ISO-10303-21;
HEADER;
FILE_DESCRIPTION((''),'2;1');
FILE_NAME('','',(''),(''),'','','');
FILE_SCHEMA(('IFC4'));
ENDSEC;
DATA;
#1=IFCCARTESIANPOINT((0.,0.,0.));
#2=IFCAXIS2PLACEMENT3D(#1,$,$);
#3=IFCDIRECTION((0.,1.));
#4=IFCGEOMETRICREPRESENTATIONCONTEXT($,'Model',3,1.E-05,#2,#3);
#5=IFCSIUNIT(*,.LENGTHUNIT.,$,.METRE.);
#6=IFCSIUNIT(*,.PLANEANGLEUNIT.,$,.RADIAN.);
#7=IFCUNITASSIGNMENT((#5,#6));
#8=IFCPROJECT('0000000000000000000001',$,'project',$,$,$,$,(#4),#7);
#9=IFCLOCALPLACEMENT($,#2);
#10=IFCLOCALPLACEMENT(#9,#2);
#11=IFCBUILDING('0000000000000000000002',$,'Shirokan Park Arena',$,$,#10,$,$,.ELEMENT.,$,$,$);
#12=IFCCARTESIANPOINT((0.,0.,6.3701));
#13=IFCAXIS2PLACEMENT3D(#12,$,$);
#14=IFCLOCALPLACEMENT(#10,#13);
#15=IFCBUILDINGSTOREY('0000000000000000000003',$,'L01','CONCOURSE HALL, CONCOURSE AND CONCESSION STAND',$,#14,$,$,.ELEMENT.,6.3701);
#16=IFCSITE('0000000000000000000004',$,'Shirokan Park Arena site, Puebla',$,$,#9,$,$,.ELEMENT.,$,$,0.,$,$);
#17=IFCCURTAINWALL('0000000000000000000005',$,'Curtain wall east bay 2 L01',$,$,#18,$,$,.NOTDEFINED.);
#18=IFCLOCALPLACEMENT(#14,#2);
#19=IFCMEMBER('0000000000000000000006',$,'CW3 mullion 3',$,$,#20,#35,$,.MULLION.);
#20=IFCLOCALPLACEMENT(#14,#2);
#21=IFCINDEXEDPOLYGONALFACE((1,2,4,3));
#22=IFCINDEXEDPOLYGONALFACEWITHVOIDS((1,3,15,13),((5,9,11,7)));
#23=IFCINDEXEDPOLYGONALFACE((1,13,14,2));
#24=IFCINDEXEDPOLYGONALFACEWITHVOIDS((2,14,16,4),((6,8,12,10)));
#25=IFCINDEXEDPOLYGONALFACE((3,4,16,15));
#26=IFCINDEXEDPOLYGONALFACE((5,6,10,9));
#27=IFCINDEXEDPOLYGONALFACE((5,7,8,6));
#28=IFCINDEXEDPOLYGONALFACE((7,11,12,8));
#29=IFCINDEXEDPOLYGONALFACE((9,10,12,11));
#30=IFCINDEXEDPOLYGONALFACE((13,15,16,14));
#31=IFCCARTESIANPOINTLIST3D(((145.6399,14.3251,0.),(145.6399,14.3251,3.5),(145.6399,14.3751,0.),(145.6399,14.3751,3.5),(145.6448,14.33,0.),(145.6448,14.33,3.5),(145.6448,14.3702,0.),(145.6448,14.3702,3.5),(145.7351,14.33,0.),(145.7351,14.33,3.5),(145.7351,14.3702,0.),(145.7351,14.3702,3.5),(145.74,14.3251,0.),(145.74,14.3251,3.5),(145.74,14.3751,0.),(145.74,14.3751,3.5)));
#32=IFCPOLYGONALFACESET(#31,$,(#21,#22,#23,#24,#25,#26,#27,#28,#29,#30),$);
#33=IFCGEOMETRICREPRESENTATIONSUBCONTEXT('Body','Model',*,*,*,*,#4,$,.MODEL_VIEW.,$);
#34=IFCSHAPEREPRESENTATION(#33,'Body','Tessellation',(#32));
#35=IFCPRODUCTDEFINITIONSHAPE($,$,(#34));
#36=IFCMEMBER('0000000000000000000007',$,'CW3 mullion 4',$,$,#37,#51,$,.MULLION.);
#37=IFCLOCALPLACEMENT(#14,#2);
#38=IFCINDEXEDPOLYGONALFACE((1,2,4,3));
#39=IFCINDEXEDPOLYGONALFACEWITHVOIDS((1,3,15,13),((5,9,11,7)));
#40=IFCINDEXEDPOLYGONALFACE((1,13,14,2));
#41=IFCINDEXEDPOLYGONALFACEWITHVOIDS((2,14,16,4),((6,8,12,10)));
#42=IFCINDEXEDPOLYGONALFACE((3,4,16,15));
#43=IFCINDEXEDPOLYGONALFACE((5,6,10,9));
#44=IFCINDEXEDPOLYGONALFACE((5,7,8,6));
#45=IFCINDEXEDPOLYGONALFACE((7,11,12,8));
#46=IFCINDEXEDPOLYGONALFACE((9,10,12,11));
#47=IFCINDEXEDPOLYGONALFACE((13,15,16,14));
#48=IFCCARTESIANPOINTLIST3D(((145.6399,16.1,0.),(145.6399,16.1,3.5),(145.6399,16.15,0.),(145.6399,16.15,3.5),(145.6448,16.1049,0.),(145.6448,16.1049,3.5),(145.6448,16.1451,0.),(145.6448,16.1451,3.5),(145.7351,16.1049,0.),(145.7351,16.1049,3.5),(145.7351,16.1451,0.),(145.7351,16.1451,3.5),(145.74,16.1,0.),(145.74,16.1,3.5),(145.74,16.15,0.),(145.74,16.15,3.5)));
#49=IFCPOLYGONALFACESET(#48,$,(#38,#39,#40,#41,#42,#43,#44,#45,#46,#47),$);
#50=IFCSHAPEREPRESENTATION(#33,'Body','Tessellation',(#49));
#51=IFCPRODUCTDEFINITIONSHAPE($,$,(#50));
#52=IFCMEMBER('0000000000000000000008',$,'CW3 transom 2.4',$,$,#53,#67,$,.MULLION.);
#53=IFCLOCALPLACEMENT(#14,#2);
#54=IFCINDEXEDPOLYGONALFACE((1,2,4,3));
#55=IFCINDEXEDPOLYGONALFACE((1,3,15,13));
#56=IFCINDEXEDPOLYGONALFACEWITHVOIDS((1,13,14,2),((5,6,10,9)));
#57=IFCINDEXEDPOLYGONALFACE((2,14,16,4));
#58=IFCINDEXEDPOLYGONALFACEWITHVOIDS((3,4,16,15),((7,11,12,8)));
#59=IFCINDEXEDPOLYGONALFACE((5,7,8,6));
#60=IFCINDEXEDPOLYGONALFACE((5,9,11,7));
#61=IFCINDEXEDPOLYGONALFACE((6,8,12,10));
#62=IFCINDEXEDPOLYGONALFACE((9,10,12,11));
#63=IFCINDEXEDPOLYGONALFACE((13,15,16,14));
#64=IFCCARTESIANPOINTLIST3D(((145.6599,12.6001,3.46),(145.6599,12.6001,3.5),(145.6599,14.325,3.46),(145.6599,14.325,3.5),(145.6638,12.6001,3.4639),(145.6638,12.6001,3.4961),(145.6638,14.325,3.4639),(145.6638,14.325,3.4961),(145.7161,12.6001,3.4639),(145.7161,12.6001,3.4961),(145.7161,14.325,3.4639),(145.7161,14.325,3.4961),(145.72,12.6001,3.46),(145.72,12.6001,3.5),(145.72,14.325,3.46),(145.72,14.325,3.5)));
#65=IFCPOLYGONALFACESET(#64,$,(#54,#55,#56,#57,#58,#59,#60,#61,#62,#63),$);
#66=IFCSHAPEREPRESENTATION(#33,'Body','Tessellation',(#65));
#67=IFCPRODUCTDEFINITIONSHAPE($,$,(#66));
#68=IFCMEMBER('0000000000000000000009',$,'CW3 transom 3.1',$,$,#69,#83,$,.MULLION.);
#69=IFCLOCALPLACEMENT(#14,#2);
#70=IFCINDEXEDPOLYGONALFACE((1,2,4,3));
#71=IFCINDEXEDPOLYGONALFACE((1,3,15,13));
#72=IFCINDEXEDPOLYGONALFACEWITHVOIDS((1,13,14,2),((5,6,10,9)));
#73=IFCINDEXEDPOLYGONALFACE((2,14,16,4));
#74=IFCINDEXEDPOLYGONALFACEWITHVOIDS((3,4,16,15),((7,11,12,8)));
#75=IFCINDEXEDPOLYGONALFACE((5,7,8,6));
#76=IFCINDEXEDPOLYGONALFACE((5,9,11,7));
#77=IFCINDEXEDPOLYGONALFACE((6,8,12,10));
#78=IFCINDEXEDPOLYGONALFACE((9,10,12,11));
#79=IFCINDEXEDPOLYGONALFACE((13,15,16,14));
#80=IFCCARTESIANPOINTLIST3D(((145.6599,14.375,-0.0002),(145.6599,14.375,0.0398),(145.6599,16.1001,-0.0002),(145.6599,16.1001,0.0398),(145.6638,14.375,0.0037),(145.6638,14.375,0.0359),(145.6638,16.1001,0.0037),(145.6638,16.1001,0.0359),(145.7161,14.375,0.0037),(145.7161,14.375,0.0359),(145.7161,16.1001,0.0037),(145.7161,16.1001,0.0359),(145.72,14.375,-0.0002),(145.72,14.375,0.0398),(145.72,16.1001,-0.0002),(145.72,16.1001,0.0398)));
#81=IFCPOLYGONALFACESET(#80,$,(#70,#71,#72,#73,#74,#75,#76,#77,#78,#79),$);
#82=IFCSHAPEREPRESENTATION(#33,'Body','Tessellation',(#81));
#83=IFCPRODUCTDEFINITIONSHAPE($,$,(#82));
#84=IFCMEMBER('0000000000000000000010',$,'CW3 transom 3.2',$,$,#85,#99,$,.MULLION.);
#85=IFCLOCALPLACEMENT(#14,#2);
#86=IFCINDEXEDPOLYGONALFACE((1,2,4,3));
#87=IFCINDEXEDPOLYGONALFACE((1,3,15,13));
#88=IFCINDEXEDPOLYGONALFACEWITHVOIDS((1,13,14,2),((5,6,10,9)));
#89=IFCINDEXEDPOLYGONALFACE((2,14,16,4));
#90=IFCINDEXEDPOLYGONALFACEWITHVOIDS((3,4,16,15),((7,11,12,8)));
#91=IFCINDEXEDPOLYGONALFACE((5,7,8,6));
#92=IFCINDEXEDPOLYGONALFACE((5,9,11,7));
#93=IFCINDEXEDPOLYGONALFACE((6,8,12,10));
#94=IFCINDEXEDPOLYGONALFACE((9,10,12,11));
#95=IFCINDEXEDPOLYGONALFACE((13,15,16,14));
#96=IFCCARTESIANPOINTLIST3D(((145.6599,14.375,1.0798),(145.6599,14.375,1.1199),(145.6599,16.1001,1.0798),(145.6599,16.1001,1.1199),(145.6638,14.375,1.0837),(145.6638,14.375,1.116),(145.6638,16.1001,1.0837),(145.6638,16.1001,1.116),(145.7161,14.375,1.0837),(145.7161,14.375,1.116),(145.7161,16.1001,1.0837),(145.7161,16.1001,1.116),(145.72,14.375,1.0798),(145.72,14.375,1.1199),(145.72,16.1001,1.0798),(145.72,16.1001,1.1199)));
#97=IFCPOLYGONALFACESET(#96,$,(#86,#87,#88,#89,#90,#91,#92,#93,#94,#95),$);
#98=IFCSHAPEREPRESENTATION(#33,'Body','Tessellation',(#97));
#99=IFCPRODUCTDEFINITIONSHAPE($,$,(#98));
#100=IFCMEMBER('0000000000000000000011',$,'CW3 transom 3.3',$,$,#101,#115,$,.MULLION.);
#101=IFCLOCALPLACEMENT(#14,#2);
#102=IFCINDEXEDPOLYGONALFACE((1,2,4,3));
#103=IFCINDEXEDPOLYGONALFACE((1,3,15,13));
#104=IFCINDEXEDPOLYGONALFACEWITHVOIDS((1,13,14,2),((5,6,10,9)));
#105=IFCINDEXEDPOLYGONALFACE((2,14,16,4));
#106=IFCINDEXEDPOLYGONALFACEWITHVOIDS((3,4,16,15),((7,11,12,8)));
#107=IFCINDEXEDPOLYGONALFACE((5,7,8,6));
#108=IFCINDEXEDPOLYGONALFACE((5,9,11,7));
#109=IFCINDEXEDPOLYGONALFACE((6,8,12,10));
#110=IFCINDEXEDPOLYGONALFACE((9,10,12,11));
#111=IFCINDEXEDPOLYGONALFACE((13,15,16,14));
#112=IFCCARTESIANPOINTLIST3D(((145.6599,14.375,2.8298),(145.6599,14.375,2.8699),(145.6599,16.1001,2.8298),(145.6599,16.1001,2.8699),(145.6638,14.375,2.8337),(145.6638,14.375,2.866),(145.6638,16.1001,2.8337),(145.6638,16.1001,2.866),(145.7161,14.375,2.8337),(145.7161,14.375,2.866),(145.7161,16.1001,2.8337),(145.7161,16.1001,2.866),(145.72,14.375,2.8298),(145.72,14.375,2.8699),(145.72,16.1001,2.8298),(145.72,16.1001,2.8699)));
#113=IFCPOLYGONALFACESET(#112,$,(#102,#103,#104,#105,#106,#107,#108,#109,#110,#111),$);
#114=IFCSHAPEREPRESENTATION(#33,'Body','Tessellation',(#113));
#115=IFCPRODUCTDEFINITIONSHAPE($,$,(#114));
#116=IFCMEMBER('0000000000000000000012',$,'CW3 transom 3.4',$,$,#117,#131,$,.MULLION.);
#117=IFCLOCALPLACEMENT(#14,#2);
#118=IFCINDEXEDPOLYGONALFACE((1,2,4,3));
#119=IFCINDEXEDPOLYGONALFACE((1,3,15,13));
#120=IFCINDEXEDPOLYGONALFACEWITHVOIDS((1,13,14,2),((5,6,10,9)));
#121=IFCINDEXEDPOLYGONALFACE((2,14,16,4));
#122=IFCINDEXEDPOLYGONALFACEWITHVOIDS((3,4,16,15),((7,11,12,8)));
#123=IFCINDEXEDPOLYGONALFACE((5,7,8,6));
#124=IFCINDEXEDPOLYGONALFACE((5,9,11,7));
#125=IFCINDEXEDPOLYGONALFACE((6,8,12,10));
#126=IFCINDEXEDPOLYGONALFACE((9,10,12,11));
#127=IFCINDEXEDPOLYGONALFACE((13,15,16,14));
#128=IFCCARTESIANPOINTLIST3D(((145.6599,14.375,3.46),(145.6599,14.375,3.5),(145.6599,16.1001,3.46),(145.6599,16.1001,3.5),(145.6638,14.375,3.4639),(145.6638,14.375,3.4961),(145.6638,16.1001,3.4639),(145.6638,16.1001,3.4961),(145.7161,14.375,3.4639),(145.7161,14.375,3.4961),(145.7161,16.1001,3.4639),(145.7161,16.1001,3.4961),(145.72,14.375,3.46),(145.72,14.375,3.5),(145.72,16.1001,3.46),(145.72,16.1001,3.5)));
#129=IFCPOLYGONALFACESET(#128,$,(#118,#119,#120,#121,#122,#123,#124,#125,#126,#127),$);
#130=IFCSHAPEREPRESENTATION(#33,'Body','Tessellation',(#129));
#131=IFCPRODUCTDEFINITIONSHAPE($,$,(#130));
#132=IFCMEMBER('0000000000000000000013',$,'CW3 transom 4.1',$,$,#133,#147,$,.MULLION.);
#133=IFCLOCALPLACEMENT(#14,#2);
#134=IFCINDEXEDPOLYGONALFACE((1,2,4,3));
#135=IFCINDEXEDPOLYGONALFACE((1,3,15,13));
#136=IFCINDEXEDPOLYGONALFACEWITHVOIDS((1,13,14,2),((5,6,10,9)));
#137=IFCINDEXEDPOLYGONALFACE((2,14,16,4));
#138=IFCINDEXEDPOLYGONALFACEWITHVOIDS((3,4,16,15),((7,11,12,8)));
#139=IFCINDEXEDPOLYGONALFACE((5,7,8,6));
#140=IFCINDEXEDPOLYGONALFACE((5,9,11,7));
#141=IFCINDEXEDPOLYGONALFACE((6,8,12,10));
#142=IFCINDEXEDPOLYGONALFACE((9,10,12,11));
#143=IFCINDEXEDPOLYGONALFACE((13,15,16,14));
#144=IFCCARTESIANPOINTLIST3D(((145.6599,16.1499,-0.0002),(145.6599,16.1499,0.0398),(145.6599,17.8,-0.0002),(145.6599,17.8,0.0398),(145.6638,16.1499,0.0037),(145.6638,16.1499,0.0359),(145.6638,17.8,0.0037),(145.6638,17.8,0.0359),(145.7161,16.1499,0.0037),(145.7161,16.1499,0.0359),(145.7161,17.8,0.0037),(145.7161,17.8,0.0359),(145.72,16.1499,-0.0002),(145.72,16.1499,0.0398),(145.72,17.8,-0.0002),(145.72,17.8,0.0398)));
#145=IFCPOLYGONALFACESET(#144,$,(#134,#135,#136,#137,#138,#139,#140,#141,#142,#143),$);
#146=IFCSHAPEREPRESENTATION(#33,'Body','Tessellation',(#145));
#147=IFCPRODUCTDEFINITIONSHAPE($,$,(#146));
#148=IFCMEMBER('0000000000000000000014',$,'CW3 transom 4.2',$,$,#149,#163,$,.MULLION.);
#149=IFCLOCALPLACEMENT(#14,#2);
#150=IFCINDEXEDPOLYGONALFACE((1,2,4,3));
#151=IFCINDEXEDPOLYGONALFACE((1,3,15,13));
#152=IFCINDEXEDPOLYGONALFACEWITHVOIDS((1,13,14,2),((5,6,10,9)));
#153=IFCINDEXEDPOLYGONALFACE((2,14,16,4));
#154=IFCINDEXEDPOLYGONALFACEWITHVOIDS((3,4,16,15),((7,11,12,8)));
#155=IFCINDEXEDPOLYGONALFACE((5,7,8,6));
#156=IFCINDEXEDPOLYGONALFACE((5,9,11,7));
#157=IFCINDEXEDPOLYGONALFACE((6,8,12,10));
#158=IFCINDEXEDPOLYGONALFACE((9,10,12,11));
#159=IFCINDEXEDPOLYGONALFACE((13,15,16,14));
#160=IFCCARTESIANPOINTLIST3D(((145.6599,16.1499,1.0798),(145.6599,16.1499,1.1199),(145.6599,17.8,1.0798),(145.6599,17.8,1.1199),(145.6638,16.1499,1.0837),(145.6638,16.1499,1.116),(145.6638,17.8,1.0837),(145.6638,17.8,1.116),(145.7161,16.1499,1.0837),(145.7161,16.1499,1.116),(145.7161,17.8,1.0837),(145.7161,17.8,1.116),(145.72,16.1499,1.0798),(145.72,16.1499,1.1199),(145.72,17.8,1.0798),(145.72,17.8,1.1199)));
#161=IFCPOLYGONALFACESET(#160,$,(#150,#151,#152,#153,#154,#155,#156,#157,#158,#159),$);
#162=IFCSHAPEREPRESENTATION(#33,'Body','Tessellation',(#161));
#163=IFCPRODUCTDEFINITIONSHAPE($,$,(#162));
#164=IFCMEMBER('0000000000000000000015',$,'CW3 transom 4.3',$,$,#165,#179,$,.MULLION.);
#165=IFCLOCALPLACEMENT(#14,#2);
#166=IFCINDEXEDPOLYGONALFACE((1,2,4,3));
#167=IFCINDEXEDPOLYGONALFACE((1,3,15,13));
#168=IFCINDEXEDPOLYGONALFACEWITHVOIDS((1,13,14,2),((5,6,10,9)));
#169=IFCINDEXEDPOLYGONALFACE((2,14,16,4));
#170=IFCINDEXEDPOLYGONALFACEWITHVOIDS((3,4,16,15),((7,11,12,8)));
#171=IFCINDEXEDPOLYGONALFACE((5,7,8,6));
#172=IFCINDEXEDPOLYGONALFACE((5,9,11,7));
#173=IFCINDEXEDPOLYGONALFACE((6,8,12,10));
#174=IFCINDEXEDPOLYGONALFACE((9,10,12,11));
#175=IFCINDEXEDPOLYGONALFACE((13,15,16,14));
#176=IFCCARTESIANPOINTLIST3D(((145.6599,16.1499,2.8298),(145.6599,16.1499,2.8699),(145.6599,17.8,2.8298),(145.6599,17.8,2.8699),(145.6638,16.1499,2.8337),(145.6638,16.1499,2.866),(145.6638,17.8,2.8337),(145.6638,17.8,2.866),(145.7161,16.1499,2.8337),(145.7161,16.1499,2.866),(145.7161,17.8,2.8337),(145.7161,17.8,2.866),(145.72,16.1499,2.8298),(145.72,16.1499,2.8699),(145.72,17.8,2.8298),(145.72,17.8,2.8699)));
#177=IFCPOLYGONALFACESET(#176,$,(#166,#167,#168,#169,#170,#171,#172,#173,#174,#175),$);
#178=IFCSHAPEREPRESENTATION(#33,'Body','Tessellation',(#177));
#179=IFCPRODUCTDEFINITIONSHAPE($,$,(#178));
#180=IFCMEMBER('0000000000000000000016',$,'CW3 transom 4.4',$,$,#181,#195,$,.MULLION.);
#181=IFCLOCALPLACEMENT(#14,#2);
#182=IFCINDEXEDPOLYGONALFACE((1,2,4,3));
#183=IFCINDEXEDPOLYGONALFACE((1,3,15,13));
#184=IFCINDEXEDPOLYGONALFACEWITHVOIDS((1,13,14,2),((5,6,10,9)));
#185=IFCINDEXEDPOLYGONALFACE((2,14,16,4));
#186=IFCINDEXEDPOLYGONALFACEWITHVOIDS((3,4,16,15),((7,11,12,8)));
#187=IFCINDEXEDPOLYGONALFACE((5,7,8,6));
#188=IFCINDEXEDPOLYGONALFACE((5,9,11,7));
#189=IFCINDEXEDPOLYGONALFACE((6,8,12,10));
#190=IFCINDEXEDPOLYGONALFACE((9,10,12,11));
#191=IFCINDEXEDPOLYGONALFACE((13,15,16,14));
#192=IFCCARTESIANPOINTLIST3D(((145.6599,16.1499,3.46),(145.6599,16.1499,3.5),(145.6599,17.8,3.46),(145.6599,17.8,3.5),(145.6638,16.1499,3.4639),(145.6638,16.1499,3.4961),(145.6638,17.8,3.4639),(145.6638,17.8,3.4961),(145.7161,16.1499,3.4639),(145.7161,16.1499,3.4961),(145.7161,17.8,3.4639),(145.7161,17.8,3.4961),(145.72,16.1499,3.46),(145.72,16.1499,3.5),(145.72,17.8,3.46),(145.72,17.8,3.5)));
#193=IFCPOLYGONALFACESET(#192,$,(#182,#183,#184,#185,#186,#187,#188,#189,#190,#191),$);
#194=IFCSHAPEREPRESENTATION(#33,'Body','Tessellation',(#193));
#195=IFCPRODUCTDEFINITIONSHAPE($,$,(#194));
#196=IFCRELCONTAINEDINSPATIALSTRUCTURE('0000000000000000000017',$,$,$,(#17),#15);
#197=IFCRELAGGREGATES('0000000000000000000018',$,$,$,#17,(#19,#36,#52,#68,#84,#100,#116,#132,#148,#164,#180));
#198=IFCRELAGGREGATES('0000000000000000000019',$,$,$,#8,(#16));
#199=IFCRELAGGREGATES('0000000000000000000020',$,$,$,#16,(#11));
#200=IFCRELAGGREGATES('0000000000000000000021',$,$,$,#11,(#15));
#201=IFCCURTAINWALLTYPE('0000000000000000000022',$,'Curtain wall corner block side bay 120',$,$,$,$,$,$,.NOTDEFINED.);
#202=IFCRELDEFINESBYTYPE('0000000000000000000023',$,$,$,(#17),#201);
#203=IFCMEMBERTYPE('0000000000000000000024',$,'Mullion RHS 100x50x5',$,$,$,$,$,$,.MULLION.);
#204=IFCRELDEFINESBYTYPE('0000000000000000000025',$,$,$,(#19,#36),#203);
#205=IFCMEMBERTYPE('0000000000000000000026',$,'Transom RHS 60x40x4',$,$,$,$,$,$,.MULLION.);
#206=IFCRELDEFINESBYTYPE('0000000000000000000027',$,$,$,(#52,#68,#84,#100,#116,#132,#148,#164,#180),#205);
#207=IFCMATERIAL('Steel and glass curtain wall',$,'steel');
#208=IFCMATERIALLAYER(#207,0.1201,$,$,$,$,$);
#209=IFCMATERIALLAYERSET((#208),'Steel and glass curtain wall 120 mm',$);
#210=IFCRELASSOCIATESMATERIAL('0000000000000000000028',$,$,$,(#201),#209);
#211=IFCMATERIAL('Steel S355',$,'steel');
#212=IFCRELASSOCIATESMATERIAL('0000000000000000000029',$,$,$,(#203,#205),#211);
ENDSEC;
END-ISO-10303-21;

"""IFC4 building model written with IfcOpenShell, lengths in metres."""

from ifc_helpers import new_model, si_unit, direction, frame, origin, origin_2d, place, context, subcontext, project, spatial, hollow_rectangle, extrude, material, layer, layer_set, material_profile, profile_set, type_object, element, aggregate, save


model = new_model("IFC4")

# Units and contexts
model_context = context("Model", 3, precision=1e-05, world=origin(), true_north=direction((0.0, 1.0)))
body_context = subcontext(model_context, "Body", "Model", "MODEL_VIEW")
ifc_project = project(units=[si_unit("LENGTHUNIT", "METRE"), si_unit("PLANEANGLEUNIT", "RADIAN")], contexts=[model_context])

# Site, building, storey
site_placement = place(None, origin())
site = spatial("IfcSite", under=ifc_project, at=site_placement, Name="Shirokan Park Arena site, Puebla", CompositionType="ELEMENT", RefElevation=0.0)
building_placement = place(site_placement, origin())
building = spatial("IfcBuilding", under=site, at=building_placement, Name="Shirokan Park Arena", CompositionType="ELEMENT")
storey_placement = place(building_placement, frame((0.0, 0.0, 6.3701)))
storey = spatial("IfcBuildingStorey", under=building, at=storey_placement, Name="L01", Description="CONCOURSE HALL, CONCOURSE AND CONCESSION STAND", CompositionType="ELEMENT", Elevation=6.3701)

# Curtain wall, members
ifc_material_1 = material(Name="Steel and glass curtain wall", Category="steel")
ifc_layer_1 = layer(ifc_material_1, 0.1201)
ifc_layer_set_1 = layer_set([ifc_layer_1], Name="Steel and glass curtain wall 120 mm")
curtain_wall_type = type_object("IfcCurtainWallType", Name="Curtain wall corner block side bay 120", PredefinedType="NOTDEFINED", material=ifc_layer_set_1)
curtain_wall_placement = place(storey_placement, origin())
curtain_wall = element("IfcCurtainWall", 1, at=curtain_wall_placement, inside=storey, type_object=curtain_wall_type, Name="Curtain wall east bay 2 L01", PredefinedType="NOTDEFINED")
ifc_material_2 = material(Name="Steel S355", Category="steel")
ifc_material_profile_1 = material_profile(ifc_material_2, hollow_rectangle(XDim=0.1001, YDim=0.05, WallThickness=0.0049, at=origin_2d()), Name="RHS 100x50x5")
ifc_profile_set_1 = profile_set([ifc_material_profile_1], Name="Steel S355")
member_type_1 = type_object("IfcMemberType", Name="Mullion RHS 100x50x5", PredefinedType="MULLION", material=ifc_profile_set_1)
member_1_placement = place(storey_placement, frame((145.6899, 14.3501, 0.0), z_axis=(0.0, 0.0, 1.0), x_axis=(-1.0, 0.0, 0.0)))
member_1 = element("IfcMember", 2, at=member_1_placement, type_object=member_type_1, Name="CW3 mullion 3", PredefinedType="MULLION", context=body_context, shape_type="SweptSolid", body=[
    extrude(hollow_rectangle(XDim=0.1001, YDim=0.05, WallThickness=0.0049, at=origin_2d()), origin(), (0.0, 0.0, 1.0), 3.5),
])
member_2_placement = place(storey_placement, frame((145.6899, 16.125, 0.0), z_axis=(0.0, 0.0, 1.0), x_axis=(-1.0, 0.0, 0.0)))
member_2 = element("IfcMember", 3, at=member_2_placement, type_object=member_type_1, Name="CW3 mullion 4", PredefinedType="MULLION", context=body_context, shape_type="SweptSolid", body=[
    extrude(hollow_rectangle(XDim=0.1001, YDim=0.05, WallThickness=0.0049, at=origin_2d()), origin(), (0.0, 0.0, 1.0), 3.5),
])
ifc_material_profile_2 = material_profile(ifc_material_2, hollow_rectangle(XDim=0.0601, YDim=0.04, WallThickness=0.0039, at=origin_2d()), Name="RHS 60x40x4")
ifc_profile_set_2 = profile_set([ifc_material_profile_2], Name="Steel S355")
member_type_2 = type_object("IfcMemberType", Name="Transom RHS 60x40x4", PredefinedType="MULLION", material=ifc_profile_set_2)
member_3_placement = place(storey_placement, frame((145.6899, 12.6001, 3.48), z_axis=(0.0, 1.0, 0.0), x_axis=(-1.0, 0.0, 0.0)))
member_3 = element("IfcMember", 4, at=member_3_placement, type_object=member_type_2, Name="CW3 transom 2.4", PredefinedType="MULLION", context=body_context, shape_type="SweptSolid", body=[
    extrude(hollow_rectangle(XDim=0.0601, YDim=0.04, WallThickness=0.0039, at=origin_2d()), origin(), (0.0, 0.0, 1.0), 1.7249),
])
member_4_placement = place(storey_placement, frame((145.6899, 14.375, 0.0198), z_axis=(0.0, 1.0, 0.0), x_axis=(-1.0, 0.0, 0.0)))
member_4 = element("IfcMember", 5, at=member_4_placement, type_object=member_type_2, Name="CW3 transom 3.1", PredefinedType="MULLION", context=body_context, shape_type="SweptSolid", body=[
    extrude(hollow_rectangle(XDim=0.0601, YDim=0.04, WallThickness=0.0039, at=origin_2d()), origin(), (0.0, 0.0, 1.0), 1.7251),
])
member_5_placement = place(storey_placement, frame((145.6899, 14.375, 1.0999), z_axis=(0.0, 1.0, 0.0), x_axis=(-1.0, 0.0, 0.0)))
member_5 = element("IfcMember", 6, at=member_5_placement, type_object=member_type_2, Name="CW3 transom 3.2", PredefinedType="MULLION", context=body_context, shape_type="SweptSolid", body=[
    extrude(hollow_rectangle(XDim=0.0601, YDim=0.04, WallThickness=0.0039, at=origin_2d()), origin(), (0.0, 0.0, 1.0), 1.7251),
])
member_6_placement = place(storey_placement, frame((145.6899, 14.375, 2.8499), z_axis=(0.0, 1.0, 0.0), x_axis=(-1.0, 0.0, 0.0)))
member_6 = element("IfcMember", 7, at=member_6_placement, type_object=member_type_2, Name="CW3 transom 3.3", PredefinedType="MULLION", context=body_context, shape_type="SweptSolid", body=[
    extrude(hollow_rectangle(XDim=0.0601, YDim=0.04, WallThickness=0.0039, at=origin_2d()), origin(), (0.0, 0.0, 1.0), 1.7251),
])
member_7_placement = place(storey_placement, frame((145.6899, 14.375, 3.48), z_axis=(0.0, 1.0, 0.0), x_axis=(-1.0, 0.0, 0.0)))
member_7 = element("IfcMember", 8, at=member_7_placement, type_object=member_type_2, Name="CW3 transom 3.4", PredefinedType="MULLION", context=body_context, shape_type="SweptSolid", body=[
    extrude(hollow_rectangle(XDim=0.0601, YDim=0.04, WallThickness=0.0039, at=origin_2d()), origin(), (0.0, 0.0, 1.0), 1.7251),
])
member_8_placement = place(storey_placement, frame((145.6899, 16.1499, 0.0198), z_axis=(0.0, 1.0, 0.0), x_axis=(-1.0, 0.0, 0.0)))
member_8 = element("IfcMember", 9, at=member_8_placement, type_object=member_type_2, Name="CW3 transom 4.1", PredefinedType="MULLION", context=body_context, shape_type="SweptSolid", body=[
    extrude(hollow_rectangle(XDim=0.0601, YDim=0.04, WallThickness=0.0039, at=origin_2d()), origin(), (0.0, 0.0, 1.0), 1.6501),
])
member_9_placement = place(storey_placement, frame((145.6899, 16.1499, 1.0999), z_axis=(0.0, 1.0, 0.0), x_axis=(-1.0, 0.0, 0.0)))
member_9 = element("IfcMember", 10, at=member_9_placement, type_object=member_type_2, Name="CW3 transom 4.2", PredefinedType="MULLION", context=body_context, shape_type="SweptSolid", body=[
    extrude(hollow_rectangle(XDim=0.0601, YDim=0.04, WallThickness=0.0039, at=origin_2d()), origin(), (0.0, 0.0, 1.0), 1.6501),
])
member_10_placement = place(storey_placement, frame((145.6899, 16.1499, 2.8499), z_axis=(0.0, 1.0, 0.0), x_axis=(-1.0, 0.0, 0.0)))
member_10 = element("IfcMember", 11, at=member_10_placement, type_object=member_type_2, Name="CW3 transom 4.3", PredefinedType="MULLION", context=body_context, shape_type="SweptSolid", body=[
    extrude(hollow_rectangle(XDim=0.0601, YDim=0.04, WallThickness=0.0039, at=origin_2d()), origin(), (0.0, 0.0, 1.0), 1.6501),
])
member_11_placement = place(storey_placement, frame((145.6899, 16.1499, 3.48), z_axis=(0.0, 1.0, 0.0), x_axis=(-1.0, 0.0, 0.0)))
member_11 = element("IfcMember", 12, at=member_11_placement, type_object=member_type_2, Name="CW3 transom 4.4", PredefinedType="MULLION", context=body_context, shape_type="SweptSolid", body=[
    extrude(hollow_rectangle(XDim=0.0601, YDim=0.04, WallThickness=0.0039, at=origin_2d()), origin(), (0.0, 0.0, 1.0), 1.6501),
])
aggregate(curtain_wall, [member_1, member_2, member_3, member_4, member_5, member_6, member_7, member_8, member_9, member_10, member_11])

save(model, "model.ifc")
